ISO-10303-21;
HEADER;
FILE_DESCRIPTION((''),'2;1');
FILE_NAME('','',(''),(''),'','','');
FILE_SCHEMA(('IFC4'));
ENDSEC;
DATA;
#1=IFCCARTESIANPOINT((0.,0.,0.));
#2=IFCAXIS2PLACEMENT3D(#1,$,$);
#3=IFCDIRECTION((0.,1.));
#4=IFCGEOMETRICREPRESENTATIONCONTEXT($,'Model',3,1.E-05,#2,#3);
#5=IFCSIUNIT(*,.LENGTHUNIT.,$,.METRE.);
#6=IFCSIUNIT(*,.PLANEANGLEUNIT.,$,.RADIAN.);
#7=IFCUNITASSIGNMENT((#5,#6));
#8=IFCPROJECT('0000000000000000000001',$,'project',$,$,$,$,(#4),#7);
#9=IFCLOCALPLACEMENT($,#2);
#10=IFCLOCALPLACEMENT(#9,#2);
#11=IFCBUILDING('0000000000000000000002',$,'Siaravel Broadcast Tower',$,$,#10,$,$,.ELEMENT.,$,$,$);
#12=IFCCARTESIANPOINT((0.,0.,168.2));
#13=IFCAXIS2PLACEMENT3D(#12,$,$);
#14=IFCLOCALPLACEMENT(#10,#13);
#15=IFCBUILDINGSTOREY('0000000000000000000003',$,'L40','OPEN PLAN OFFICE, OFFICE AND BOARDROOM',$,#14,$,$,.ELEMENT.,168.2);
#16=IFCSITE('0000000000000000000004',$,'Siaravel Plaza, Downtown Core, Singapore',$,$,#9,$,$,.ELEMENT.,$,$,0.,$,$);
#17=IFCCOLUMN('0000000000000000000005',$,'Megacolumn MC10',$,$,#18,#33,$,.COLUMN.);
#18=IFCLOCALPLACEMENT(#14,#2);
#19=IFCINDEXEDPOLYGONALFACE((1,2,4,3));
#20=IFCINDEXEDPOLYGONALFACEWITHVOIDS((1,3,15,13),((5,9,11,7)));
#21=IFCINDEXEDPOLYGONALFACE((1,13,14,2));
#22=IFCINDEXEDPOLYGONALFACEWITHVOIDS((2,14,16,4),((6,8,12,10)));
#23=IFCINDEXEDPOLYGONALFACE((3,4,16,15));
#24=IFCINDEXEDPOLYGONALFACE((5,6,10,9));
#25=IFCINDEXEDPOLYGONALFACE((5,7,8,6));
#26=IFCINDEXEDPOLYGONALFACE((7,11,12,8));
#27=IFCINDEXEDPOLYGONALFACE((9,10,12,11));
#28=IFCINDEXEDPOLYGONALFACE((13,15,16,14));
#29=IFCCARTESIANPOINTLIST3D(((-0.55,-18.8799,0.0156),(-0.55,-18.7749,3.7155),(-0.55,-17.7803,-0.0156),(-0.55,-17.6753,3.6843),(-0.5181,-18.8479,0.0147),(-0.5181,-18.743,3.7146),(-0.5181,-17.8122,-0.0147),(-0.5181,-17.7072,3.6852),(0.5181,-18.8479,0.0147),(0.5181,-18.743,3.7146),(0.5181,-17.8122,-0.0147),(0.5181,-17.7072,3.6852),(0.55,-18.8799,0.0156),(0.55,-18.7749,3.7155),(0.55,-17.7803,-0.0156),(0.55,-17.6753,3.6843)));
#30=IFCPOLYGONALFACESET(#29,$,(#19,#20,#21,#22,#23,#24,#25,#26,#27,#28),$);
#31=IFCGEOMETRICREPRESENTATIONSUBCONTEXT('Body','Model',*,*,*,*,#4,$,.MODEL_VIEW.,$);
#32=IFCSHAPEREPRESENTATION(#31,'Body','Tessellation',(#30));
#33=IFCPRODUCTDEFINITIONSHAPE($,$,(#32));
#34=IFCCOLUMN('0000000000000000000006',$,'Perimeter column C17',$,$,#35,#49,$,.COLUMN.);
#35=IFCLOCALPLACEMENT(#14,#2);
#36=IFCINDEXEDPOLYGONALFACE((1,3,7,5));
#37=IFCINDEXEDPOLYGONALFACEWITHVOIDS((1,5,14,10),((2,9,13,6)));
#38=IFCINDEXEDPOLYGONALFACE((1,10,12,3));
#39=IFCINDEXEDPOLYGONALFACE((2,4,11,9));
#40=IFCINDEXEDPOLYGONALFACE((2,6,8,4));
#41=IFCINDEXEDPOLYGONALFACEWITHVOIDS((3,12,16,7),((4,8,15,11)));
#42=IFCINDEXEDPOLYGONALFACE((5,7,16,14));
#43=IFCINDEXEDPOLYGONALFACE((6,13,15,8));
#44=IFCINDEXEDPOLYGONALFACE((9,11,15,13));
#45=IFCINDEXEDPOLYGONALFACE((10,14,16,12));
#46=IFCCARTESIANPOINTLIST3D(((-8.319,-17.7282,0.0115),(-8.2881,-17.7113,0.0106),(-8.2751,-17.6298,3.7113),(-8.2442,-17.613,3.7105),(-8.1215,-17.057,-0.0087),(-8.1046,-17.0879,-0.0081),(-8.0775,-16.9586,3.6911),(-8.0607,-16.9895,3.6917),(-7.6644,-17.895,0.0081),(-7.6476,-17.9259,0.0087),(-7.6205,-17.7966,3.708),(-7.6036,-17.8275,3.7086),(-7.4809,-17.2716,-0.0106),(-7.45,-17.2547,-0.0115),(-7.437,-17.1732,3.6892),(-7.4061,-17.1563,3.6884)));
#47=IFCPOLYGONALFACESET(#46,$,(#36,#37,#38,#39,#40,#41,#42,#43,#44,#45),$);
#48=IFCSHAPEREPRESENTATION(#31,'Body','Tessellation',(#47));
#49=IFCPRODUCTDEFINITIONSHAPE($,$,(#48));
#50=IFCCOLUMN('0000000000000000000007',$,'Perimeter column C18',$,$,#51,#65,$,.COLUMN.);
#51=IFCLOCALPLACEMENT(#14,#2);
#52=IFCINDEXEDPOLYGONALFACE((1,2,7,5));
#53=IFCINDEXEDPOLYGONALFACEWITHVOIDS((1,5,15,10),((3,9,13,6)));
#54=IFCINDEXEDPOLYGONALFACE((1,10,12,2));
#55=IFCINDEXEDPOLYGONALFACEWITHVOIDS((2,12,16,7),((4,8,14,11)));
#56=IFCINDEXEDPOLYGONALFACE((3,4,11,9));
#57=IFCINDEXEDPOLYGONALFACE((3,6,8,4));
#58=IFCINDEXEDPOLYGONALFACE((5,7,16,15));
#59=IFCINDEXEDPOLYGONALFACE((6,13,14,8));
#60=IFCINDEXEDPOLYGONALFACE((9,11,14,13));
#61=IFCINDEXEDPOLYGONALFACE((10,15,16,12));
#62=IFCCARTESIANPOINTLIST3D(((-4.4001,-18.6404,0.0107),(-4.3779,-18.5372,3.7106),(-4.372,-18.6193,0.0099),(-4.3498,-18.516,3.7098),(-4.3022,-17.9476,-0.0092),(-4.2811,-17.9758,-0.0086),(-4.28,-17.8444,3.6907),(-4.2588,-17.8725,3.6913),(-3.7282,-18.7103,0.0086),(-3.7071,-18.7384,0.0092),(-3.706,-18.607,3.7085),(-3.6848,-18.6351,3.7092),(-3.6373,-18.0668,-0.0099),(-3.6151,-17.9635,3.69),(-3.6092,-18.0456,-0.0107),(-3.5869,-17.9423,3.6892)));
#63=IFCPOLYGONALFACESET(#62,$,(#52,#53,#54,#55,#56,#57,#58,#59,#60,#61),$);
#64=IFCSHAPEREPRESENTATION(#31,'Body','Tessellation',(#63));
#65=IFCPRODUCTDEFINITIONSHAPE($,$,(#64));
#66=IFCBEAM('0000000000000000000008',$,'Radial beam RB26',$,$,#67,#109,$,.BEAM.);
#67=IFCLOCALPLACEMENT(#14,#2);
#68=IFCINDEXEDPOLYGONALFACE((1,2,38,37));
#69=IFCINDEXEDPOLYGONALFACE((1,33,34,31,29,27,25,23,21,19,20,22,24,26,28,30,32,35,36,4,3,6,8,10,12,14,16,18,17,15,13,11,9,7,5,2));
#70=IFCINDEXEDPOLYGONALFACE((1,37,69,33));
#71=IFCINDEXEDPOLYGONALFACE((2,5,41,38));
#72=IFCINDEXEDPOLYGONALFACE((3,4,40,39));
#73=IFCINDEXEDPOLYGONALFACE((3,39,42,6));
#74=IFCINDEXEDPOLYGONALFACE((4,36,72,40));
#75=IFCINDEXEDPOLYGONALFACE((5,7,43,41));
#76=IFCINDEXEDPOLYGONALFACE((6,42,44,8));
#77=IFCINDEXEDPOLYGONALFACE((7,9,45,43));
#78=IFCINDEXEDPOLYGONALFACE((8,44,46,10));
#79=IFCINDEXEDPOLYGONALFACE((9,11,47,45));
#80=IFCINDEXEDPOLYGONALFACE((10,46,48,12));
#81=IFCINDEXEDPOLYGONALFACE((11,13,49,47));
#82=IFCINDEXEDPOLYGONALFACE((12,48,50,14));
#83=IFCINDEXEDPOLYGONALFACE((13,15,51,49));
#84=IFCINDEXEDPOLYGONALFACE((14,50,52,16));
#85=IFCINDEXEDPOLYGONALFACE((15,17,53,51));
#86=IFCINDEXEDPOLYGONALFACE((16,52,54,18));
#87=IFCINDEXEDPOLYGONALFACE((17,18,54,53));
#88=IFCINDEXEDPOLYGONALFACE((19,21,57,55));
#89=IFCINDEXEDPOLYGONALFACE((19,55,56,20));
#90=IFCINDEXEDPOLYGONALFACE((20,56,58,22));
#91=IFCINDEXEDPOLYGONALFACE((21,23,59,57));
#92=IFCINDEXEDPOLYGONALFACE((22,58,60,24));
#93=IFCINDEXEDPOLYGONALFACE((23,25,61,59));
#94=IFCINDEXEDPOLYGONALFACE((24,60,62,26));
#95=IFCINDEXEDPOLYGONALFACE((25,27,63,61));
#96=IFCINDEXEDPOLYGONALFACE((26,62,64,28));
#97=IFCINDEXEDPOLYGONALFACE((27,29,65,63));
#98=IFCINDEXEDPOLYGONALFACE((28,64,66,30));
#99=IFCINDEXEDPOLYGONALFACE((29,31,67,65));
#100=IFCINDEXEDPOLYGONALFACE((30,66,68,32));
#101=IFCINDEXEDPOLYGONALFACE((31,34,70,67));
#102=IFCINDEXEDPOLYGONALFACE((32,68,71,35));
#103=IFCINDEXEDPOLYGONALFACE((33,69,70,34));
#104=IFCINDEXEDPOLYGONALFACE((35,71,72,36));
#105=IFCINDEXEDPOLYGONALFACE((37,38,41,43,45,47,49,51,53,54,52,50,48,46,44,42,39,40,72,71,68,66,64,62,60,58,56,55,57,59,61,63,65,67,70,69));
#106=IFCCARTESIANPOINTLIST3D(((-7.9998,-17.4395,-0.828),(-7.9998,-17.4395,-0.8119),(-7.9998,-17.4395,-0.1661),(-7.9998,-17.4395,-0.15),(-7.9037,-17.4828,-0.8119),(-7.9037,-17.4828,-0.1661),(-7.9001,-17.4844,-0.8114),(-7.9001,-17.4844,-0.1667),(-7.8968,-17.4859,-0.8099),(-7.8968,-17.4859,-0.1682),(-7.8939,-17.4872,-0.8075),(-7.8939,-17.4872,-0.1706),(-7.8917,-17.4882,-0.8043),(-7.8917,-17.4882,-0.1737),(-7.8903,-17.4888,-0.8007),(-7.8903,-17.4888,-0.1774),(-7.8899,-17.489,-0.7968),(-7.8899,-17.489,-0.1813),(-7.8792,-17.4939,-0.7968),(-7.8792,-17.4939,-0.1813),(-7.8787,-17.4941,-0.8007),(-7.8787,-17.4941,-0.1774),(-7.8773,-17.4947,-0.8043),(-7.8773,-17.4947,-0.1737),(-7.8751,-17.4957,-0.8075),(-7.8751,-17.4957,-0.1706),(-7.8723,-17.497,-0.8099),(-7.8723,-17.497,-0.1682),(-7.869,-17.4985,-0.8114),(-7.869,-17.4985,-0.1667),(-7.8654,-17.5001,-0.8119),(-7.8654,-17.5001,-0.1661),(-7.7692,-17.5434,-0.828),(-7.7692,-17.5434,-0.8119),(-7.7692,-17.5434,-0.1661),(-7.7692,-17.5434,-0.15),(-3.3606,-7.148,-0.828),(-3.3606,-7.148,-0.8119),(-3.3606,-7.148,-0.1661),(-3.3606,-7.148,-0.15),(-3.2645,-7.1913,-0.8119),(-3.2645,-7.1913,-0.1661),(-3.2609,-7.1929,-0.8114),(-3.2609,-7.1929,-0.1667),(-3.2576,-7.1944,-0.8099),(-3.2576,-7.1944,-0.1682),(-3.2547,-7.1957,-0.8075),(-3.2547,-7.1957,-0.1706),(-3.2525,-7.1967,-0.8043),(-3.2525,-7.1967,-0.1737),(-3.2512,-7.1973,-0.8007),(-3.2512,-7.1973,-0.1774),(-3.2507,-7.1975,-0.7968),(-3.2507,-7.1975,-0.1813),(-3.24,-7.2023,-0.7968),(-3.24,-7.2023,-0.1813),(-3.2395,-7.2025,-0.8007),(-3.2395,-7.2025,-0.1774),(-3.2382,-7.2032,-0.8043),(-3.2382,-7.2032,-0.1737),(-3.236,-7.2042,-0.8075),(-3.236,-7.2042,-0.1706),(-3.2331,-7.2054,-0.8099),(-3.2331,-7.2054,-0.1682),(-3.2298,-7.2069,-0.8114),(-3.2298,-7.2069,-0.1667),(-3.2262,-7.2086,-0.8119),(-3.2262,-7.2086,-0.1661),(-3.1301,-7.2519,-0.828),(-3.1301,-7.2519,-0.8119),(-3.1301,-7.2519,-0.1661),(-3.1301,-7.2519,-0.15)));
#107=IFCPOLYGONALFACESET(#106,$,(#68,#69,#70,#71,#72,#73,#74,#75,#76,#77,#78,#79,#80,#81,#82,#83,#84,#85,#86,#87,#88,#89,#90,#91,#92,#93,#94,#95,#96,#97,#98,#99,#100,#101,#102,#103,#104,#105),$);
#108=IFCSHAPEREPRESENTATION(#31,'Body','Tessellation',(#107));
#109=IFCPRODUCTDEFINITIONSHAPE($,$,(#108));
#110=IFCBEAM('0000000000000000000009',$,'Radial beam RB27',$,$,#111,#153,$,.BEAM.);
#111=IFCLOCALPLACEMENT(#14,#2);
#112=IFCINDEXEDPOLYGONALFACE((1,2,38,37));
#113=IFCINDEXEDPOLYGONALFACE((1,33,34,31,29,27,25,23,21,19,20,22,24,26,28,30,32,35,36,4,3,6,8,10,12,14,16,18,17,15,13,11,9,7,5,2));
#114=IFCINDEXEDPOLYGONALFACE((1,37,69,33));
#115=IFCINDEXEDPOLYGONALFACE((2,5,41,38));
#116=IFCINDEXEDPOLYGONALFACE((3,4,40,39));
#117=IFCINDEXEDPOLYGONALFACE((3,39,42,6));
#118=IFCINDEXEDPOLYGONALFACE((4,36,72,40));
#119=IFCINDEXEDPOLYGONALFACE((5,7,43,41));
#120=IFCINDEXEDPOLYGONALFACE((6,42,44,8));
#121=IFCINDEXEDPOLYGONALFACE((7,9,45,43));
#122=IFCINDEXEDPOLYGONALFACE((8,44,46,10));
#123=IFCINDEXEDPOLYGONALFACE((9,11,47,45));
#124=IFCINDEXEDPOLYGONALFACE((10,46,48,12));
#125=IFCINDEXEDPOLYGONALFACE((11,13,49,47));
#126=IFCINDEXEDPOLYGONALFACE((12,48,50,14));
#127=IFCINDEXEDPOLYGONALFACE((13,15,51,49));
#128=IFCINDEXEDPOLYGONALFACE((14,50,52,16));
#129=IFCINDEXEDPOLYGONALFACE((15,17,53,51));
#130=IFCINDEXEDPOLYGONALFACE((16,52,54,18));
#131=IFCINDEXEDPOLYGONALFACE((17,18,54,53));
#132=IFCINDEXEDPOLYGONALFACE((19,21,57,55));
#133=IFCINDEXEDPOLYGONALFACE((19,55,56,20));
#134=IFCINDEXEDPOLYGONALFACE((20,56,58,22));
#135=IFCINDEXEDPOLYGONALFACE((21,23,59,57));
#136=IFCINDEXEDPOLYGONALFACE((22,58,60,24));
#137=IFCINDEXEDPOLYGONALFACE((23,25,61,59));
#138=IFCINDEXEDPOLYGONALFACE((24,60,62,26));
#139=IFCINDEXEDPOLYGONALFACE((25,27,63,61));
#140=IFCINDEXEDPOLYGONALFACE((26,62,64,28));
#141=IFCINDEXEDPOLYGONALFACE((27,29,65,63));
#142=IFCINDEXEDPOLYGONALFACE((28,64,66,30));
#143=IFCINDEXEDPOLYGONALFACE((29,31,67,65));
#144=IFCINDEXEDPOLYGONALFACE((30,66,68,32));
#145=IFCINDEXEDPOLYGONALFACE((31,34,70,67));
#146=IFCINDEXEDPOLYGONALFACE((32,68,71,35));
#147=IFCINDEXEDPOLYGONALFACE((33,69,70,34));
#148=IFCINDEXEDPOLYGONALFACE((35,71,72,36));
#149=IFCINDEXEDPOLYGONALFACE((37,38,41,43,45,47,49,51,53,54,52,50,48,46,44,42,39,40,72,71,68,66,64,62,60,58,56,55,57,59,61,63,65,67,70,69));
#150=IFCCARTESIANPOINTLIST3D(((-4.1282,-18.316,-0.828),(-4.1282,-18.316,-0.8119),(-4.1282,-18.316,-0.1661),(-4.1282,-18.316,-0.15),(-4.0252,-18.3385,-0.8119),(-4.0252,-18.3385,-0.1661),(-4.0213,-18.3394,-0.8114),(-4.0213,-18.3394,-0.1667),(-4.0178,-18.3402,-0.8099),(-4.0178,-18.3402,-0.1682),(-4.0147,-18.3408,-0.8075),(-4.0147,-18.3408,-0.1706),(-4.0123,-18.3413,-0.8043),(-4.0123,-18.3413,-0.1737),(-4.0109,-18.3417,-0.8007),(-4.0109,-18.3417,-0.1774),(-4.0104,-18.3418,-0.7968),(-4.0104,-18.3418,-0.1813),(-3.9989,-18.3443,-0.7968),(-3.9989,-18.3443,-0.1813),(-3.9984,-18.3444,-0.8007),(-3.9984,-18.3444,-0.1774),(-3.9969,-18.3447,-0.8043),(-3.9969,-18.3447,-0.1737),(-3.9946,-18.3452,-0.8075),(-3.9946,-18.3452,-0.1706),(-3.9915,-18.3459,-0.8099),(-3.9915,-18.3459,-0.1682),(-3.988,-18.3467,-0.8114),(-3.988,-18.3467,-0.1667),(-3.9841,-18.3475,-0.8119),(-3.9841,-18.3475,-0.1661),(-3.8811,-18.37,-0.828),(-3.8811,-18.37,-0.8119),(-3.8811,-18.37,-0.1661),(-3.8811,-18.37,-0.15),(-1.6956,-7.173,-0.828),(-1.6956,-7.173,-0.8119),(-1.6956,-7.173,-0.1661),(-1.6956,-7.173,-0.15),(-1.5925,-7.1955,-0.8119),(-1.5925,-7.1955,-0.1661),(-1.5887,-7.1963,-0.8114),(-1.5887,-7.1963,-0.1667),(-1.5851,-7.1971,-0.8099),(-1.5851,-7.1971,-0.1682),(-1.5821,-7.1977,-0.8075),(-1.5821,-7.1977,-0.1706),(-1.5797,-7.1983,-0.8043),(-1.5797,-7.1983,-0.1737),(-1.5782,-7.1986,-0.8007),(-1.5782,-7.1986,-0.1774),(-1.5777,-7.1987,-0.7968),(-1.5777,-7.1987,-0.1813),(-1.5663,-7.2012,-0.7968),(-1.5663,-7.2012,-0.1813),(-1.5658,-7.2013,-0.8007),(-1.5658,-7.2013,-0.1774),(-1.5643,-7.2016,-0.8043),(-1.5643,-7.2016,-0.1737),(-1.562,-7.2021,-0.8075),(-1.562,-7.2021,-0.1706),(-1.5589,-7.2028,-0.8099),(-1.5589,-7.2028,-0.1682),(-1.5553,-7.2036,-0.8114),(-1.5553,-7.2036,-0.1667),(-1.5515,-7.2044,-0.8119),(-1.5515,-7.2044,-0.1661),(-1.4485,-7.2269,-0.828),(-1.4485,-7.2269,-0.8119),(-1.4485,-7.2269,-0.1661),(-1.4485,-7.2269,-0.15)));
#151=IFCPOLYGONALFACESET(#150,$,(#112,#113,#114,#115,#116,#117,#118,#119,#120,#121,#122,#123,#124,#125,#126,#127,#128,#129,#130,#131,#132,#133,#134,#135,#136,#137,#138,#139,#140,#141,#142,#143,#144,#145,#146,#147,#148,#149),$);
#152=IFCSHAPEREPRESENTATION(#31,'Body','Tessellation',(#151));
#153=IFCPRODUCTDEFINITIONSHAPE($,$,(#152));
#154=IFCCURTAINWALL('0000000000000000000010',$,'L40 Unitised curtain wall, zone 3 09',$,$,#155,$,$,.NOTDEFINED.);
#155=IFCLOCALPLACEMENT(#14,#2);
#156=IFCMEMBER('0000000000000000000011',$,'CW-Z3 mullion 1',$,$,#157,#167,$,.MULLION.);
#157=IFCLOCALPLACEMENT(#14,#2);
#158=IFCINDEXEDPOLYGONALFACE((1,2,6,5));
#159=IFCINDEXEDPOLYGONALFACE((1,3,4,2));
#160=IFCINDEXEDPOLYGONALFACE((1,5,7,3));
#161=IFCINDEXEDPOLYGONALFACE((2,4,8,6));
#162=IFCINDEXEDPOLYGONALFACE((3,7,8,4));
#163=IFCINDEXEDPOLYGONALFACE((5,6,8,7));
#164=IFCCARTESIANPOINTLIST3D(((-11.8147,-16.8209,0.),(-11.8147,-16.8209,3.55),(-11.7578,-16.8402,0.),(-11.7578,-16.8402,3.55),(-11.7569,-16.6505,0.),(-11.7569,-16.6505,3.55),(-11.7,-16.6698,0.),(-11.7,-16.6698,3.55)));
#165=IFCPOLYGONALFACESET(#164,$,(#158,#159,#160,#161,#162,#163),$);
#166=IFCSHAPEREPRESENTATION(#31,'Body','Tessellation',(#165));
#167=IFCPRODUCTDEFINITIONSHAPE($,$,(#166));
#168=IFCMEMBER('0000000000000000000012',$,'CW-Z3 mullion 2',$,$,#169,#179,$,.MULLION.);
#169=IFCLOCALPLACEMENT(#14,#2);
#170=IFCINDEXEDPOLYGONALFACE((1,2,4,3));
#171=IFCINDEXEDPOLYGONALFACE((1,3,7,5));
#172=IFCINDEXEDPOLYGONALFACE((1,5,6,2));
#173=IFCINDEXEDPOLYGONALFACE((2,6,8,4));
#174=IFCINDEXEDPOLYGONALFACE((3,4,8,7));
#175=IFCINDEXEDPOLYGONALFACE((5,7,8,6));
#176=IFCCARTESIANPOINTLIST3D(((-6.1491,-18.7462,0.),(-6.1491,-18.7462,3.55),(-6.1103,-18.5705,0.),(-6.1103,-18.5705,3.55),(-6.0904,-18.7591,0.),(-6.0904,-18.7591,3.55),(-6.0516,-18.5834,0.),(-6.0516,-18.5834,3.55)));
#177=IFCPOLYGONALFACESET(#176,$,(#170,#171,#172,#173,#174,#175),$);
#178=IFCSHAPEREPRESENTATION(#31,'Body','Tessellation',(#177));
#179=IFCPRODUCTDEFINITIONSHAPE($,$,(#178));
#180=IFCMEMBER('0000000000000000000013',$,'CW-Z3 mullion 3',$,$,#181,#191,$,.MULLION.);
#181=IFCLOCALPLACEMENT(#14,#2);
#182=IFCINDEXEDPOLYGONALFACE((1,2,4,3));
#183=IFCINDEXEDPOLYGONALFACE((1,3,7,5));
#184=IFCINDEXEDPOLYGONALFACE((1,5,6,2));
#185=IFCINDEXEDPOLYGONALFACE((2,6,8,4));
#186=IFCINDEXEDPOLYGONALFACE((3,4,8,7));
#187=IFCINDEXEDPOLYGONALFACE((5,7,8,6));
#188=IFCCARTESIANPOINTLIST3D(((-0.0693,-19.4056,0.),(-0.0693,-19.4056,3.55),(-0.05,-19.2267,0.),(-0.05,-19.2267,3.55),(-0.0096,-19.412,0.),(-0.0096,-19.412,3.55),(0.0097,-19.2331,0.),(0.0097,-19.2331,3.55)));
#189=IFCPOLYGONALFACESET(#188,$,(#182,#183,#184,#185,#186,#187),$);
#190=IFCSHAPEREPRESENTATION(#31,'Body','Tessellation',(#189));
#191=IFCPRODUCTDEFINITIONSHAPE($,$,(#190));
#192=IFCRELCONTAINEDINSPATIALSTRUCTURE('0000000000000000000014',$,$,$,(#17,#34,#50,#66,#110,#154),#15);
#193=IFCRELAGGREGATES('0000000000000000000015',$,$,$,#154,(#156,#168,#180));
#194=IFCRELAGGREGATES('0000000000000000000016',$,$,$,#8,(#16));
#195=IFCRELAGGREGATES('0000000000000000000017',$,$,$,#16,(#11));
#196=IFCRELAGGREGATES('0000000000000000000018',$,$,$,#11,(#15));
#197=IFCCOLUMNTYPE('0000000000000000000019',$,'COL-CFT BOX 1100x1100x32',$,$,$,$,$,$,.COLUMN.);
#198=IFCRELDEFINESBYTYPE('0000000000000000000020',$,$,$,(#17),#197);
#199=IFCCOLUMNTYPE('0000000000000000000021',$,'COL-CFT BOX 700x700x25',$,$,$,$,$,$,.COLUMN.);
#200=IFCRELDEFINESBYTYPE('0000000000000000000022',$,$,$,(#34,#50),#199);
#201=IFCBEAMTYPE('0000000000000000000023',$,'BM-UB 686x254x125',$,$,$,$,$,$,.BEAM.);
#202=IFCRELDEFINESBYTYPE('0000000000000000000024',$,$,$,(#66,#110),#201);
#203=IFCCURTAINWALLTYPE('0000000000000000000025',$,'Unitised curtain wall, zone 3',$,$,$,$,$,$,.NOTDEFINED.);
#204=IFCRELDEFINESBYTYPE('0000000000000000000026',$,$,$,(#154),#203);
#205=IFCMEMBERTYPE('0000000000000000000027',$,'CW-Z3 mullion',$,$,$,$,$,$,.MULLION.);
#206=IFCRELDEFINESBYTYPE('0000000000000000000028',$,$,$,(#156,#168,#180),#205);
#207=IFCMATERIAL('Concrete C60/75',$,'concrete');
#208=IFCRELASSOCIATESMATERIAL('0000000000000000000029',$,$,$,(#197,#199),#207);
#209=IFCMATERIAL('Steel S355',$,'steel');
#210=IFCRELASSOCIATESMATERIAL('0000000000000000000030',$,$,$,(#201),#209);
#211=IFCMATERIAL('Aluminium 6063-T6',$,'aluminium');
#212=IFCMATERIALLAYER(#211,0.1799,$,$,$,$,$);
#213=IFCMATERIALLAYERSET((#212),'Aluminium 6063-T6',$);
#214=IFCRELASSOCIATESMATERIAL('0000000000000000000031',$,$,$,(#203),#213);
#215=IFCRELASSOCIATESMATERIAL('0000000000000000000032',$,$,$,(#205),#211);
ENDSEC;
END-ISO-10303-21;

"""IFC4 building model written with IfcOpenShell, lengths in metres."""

from ifc_helpers import new_model, si_unit, direction, frame, origin, origin_2d, place, context, subcontext, project, spatial, rectangle, hollow_rectangle, i_section, extrude, material, layer, layer_set, material_profile, profile_set, type_object, element, aggregate, save


model = new_model("IFC4")

# Units and contexts
model_context = context("Model", 3, precision=1e-05, world=origin(), true_north=direction((0.0, 1.0)))
body_context = subcontext(model_context, "Body", "Model", "MODEL_VIEW")
ifc_project = project(units=[si_unit("LENGTHUNIT", "METRE"), si_unit("PLANEANGLEUNIT", "RADIAN")], contexts=[model_context])

# Site, building, storey
site_placement = place(None, origin())
site = spatial("IfcSite", under=ifc_project, at=site_placement, Name="Siaravel Plaza, Downtown Core, Singapore", CompositionType="ELEMENT", RefElevation=0.0)
building_placement = place(site_placement, origin())
building = spatial("IfcBuilding", under=site, at=building_placement, Name="Siaravel Broadcast Tower", CompositionType="ELEMENT")
storey_placement = place(building_placement, frame((0.0, 0.0, 168.2)))
storey = spatial("IfcBuildingStorey", under=building, at=storey_placement, Name="L40", Description="OPEN PLAN OFFICE, OFFICE AND BOARDROOM", CompositionType="ELEMENT", Elevation=168.2)

# Columns
ifc_material_1 = material(Name="Concrete C60/75", Category="concrete")
ifc_material_profile_1 = material_profile(ifc_material_1, hollow_rectangle(XDim=1.1001, YDim=1.1001, WallThickness=0.032, at=origin_2d()))
ifc_profile_set_1 = profile_set([ifc_material_profile_1], Name="Concrete C60/75")
column_type_1 = type_object("IfcColumnType", Name="COL-CFT BOX 1100x1100x32", PredefinedType="COLUMN", material=ifc_profile_set_1)
column_placement = place(storey_placement, frame((0.0, -18.3301, 0.0), z_axis=(0.0, 0.028362, 0.999598), x_axis=(-1.0, 0.0, 0.0)))
element("IfcColumn", 1, at=column_placement, inside=storey, type_object=column_type_1, Name="Megacolumn MC10", PredefinedType="COLUMN", context=body_context, shape_type="SweptSolid", body=[
    extrude(hollow_rectangle(XDim=1.1001, YDim=1.1001, WallThickness=0.032, at=origin_2d()), origin(), (0.0, 0.0, 1.0), 3.7014),
])
ifc_material_profile_2 = material_profile(ifc_material_1, hollow_rectangle(XDim=0.7, YDim=0.7, WallThickness=0.0249, at=origin_2d()))
ifc_profile_set_2 = profile_set([ifc_material_profile_2], Name="Concrete C60/75")
column_type_2 = type_object("IfcColumnType", Name="COL-CFT BOX 700x700x25", PredefinedType="COLUMN", material=ifc_profile_set_2)
for number, where, z_axis, x_axis, name in (
    (2, (-7.8845, -17.4915, 0.0), (0.011872, 0.026581, 0.999576), (-0.959267, 0.282476, 0.003882), "Perimeter column C17"),
    (3, (-4.0046, -18.343, 0.0), (0.006002, 0.0279, 0.999593), (-0.990155, 0.139962, 0.002039), "Perimeter column C18"),
):
    element("IfcColumn", number, at=place(storey_placement, frame(where, z_axis=z_axis, x_axis=x_axis)), inside=storey, type_object=column_type_2, Name=name, PredefinedType="COLUMN", context=body_context, shape_type="SweptSolid", body=[
        extrude(hollow_rectangle(XDim=0.7, YDim=0.7, WallThickness=0.0249, at=origin_2d()), origin(), (0.0, 0.0, 1.0), 3.7014),
    ])

# Beams
ifc_material_2 = material(Name="Steel S355", Category="steel")
ifc_material_profile_3 = material_profile(ifc_material_2, i_section(OverallWidth=0.2529, OverallDepth=0.678, WebThickness=0.0117, FlangeThickness=0.0161, FilletRadius=0.0151, at=origin_2d()))
ifc_profile_set_3 = profile_set([ifc_material_profile_3], Name="Steel S355")
beam_type = type_object("IfcBeamType", Name="BM-UB 686x254x125", PredefinedType="BEAM", material=ifc_profile_set_3)
beam_1_placement = place(storey_placement, frame((-7.8845, -17.4915, -0.489), z_axis=(0.410953, 0.911657, 0.0), x_axis=(-0.911657, 0.410953, 0.0)))
element("IfcBeam", 4, at=beam_1_placement, inside=storey, type_object=beam_type, Name="Radial beam RB26", PredefinedType="BEAM", context=body_context, shape_type="SweptSolid", body=[
    extrude(i_section(OverallWidth=0.2529, OverallDepth=0.678, WebThickness=0.0117, FlangeThickness=0.0161, FilletRadius=0.0151, at=origin_2d()), origin(), (0.0, 0.0, 1.0), 11.2888),
])
beam_2_placement = place(storey_placement, frame((-4.0046, -18.343, -0.489), z_axis=(0.213284, 0.97699, 0.0), x_axis=(-0.97699, 0.213284, 0.0)))
element("IfcBeam", 5, at=beam_2_placement, inside=storey, type_object=beam_type, Name="Radial beam RB27", PredefinedType="BEAM", context=body_context, shape_type="SweptSolid", body=[
    extrude(i_section(OverallWidth=0.2529, OverallDepth=0.678, WebThickness=0.0117, FlangeThickness=0.0161, FilletRadius=0.0151, at=origin_2d()), origin(), (0.0, 0.0, 1.0), 11.4055),
])

# Curtain wall, members
ifc_material_3 = material(Name="Aluminium 6063-T6", Category="aluminium")
ifc_layer_1 = layer(ifc_material_3, 0.1799)
ifc_layer_set_1 = layer_set([ifc_layer_1], Name="Aluminium 6063-T6")
curtain_wall_type = type_object("IfcCurtainWallType", Name="Unitised curtain wall, zone 3", PredefinedType="NOTDEFINED", material=ifc_layer_set_1)
curtain_wall_placement = place(storey_placement, origin())
curtain_wall = element("IfcCurtainWall", 6, at=curtain_wall_placement, inside=storey, type_object=curtain_wall_type, Name="L40 Unitised curtain wall, zone 3 09", PredefinedType="NOTDEFINED")
ifc_material_profile_4 = material_profile(ifc_material_3, rectangle(XDim=0.1799, YDim=0.0601, at=origin_2d()))
ifc_profile_set_4 = profile_set([ifc_material_profile_4], Name="Aluminium 6063-T6")
member_type_1 = type_object("IfcMemberType", Name="CW-Z3 mullion", PredefinedType="MULLION", material=ifc_profile_set_4)
member_1_placement = place(storey_placement, frame((-11.7573, -16.7454, 0.0), z_axis=(0.0, 0.0, 1.0), x_axis=(0.3213, 0.946977, 0.0)))
member_1 = element("IfcMember", 7, at=member_1_placement, type_object=member_type_1, Name="CW-Z3 mullion 1", PredefinedType="MULLION", context=body_context, shape_type="SweptSolid", body=[
    extrude(rectangle(XDim=0.1799, YDim=0.0601, at=origin_2d()), origin(), (0.0, 0.0, 1.0), 3.55),
])
member_2_placement = place(storey_placement, frame((-6.1003, -18.6648, 0.0), z_axis=(0.0, 0.0, 1.0), x_axis=(0.215558, 0.976491, 0.0)))
member_2 = element("IfcMember", 8, at=member_2_placement, type_object=member_type_1, Name="CW-Z3 mullion 2", PredefinedType="MULLION", context=body_context, shape_type="SweptSolid", body=[
    extrude(rectangle(XDim=0.1799, YDim=0.0601, at=origin_2d()), origin(), (0.0, 0.0, 1.0), 3.55),
])
member_3_placement = place(storey_placement, frame((-0.0298, -19.3193, 0.0), z_axis=(0.0, 0.0, 1.0), x_axis=(0.107217, 0.994236, 0.0)))
member_3 = element("IfcMember", 9, at=member_3_placement, type_object=member_type_1, Name="CW-Z3 mullion 3", PredefinedType="MULLION", context=body_context, shape_type="SweptSolid", body=[
    extrude(rectangle(XDim=0.1799, YDim=0.0601, at=origin_2d()), origin(), (0.0, 0.0, 1.0), 3.55),
])

aggregate(curtain_wall, [member_1, member_2, member_3])

save(model, "model.ifc")
